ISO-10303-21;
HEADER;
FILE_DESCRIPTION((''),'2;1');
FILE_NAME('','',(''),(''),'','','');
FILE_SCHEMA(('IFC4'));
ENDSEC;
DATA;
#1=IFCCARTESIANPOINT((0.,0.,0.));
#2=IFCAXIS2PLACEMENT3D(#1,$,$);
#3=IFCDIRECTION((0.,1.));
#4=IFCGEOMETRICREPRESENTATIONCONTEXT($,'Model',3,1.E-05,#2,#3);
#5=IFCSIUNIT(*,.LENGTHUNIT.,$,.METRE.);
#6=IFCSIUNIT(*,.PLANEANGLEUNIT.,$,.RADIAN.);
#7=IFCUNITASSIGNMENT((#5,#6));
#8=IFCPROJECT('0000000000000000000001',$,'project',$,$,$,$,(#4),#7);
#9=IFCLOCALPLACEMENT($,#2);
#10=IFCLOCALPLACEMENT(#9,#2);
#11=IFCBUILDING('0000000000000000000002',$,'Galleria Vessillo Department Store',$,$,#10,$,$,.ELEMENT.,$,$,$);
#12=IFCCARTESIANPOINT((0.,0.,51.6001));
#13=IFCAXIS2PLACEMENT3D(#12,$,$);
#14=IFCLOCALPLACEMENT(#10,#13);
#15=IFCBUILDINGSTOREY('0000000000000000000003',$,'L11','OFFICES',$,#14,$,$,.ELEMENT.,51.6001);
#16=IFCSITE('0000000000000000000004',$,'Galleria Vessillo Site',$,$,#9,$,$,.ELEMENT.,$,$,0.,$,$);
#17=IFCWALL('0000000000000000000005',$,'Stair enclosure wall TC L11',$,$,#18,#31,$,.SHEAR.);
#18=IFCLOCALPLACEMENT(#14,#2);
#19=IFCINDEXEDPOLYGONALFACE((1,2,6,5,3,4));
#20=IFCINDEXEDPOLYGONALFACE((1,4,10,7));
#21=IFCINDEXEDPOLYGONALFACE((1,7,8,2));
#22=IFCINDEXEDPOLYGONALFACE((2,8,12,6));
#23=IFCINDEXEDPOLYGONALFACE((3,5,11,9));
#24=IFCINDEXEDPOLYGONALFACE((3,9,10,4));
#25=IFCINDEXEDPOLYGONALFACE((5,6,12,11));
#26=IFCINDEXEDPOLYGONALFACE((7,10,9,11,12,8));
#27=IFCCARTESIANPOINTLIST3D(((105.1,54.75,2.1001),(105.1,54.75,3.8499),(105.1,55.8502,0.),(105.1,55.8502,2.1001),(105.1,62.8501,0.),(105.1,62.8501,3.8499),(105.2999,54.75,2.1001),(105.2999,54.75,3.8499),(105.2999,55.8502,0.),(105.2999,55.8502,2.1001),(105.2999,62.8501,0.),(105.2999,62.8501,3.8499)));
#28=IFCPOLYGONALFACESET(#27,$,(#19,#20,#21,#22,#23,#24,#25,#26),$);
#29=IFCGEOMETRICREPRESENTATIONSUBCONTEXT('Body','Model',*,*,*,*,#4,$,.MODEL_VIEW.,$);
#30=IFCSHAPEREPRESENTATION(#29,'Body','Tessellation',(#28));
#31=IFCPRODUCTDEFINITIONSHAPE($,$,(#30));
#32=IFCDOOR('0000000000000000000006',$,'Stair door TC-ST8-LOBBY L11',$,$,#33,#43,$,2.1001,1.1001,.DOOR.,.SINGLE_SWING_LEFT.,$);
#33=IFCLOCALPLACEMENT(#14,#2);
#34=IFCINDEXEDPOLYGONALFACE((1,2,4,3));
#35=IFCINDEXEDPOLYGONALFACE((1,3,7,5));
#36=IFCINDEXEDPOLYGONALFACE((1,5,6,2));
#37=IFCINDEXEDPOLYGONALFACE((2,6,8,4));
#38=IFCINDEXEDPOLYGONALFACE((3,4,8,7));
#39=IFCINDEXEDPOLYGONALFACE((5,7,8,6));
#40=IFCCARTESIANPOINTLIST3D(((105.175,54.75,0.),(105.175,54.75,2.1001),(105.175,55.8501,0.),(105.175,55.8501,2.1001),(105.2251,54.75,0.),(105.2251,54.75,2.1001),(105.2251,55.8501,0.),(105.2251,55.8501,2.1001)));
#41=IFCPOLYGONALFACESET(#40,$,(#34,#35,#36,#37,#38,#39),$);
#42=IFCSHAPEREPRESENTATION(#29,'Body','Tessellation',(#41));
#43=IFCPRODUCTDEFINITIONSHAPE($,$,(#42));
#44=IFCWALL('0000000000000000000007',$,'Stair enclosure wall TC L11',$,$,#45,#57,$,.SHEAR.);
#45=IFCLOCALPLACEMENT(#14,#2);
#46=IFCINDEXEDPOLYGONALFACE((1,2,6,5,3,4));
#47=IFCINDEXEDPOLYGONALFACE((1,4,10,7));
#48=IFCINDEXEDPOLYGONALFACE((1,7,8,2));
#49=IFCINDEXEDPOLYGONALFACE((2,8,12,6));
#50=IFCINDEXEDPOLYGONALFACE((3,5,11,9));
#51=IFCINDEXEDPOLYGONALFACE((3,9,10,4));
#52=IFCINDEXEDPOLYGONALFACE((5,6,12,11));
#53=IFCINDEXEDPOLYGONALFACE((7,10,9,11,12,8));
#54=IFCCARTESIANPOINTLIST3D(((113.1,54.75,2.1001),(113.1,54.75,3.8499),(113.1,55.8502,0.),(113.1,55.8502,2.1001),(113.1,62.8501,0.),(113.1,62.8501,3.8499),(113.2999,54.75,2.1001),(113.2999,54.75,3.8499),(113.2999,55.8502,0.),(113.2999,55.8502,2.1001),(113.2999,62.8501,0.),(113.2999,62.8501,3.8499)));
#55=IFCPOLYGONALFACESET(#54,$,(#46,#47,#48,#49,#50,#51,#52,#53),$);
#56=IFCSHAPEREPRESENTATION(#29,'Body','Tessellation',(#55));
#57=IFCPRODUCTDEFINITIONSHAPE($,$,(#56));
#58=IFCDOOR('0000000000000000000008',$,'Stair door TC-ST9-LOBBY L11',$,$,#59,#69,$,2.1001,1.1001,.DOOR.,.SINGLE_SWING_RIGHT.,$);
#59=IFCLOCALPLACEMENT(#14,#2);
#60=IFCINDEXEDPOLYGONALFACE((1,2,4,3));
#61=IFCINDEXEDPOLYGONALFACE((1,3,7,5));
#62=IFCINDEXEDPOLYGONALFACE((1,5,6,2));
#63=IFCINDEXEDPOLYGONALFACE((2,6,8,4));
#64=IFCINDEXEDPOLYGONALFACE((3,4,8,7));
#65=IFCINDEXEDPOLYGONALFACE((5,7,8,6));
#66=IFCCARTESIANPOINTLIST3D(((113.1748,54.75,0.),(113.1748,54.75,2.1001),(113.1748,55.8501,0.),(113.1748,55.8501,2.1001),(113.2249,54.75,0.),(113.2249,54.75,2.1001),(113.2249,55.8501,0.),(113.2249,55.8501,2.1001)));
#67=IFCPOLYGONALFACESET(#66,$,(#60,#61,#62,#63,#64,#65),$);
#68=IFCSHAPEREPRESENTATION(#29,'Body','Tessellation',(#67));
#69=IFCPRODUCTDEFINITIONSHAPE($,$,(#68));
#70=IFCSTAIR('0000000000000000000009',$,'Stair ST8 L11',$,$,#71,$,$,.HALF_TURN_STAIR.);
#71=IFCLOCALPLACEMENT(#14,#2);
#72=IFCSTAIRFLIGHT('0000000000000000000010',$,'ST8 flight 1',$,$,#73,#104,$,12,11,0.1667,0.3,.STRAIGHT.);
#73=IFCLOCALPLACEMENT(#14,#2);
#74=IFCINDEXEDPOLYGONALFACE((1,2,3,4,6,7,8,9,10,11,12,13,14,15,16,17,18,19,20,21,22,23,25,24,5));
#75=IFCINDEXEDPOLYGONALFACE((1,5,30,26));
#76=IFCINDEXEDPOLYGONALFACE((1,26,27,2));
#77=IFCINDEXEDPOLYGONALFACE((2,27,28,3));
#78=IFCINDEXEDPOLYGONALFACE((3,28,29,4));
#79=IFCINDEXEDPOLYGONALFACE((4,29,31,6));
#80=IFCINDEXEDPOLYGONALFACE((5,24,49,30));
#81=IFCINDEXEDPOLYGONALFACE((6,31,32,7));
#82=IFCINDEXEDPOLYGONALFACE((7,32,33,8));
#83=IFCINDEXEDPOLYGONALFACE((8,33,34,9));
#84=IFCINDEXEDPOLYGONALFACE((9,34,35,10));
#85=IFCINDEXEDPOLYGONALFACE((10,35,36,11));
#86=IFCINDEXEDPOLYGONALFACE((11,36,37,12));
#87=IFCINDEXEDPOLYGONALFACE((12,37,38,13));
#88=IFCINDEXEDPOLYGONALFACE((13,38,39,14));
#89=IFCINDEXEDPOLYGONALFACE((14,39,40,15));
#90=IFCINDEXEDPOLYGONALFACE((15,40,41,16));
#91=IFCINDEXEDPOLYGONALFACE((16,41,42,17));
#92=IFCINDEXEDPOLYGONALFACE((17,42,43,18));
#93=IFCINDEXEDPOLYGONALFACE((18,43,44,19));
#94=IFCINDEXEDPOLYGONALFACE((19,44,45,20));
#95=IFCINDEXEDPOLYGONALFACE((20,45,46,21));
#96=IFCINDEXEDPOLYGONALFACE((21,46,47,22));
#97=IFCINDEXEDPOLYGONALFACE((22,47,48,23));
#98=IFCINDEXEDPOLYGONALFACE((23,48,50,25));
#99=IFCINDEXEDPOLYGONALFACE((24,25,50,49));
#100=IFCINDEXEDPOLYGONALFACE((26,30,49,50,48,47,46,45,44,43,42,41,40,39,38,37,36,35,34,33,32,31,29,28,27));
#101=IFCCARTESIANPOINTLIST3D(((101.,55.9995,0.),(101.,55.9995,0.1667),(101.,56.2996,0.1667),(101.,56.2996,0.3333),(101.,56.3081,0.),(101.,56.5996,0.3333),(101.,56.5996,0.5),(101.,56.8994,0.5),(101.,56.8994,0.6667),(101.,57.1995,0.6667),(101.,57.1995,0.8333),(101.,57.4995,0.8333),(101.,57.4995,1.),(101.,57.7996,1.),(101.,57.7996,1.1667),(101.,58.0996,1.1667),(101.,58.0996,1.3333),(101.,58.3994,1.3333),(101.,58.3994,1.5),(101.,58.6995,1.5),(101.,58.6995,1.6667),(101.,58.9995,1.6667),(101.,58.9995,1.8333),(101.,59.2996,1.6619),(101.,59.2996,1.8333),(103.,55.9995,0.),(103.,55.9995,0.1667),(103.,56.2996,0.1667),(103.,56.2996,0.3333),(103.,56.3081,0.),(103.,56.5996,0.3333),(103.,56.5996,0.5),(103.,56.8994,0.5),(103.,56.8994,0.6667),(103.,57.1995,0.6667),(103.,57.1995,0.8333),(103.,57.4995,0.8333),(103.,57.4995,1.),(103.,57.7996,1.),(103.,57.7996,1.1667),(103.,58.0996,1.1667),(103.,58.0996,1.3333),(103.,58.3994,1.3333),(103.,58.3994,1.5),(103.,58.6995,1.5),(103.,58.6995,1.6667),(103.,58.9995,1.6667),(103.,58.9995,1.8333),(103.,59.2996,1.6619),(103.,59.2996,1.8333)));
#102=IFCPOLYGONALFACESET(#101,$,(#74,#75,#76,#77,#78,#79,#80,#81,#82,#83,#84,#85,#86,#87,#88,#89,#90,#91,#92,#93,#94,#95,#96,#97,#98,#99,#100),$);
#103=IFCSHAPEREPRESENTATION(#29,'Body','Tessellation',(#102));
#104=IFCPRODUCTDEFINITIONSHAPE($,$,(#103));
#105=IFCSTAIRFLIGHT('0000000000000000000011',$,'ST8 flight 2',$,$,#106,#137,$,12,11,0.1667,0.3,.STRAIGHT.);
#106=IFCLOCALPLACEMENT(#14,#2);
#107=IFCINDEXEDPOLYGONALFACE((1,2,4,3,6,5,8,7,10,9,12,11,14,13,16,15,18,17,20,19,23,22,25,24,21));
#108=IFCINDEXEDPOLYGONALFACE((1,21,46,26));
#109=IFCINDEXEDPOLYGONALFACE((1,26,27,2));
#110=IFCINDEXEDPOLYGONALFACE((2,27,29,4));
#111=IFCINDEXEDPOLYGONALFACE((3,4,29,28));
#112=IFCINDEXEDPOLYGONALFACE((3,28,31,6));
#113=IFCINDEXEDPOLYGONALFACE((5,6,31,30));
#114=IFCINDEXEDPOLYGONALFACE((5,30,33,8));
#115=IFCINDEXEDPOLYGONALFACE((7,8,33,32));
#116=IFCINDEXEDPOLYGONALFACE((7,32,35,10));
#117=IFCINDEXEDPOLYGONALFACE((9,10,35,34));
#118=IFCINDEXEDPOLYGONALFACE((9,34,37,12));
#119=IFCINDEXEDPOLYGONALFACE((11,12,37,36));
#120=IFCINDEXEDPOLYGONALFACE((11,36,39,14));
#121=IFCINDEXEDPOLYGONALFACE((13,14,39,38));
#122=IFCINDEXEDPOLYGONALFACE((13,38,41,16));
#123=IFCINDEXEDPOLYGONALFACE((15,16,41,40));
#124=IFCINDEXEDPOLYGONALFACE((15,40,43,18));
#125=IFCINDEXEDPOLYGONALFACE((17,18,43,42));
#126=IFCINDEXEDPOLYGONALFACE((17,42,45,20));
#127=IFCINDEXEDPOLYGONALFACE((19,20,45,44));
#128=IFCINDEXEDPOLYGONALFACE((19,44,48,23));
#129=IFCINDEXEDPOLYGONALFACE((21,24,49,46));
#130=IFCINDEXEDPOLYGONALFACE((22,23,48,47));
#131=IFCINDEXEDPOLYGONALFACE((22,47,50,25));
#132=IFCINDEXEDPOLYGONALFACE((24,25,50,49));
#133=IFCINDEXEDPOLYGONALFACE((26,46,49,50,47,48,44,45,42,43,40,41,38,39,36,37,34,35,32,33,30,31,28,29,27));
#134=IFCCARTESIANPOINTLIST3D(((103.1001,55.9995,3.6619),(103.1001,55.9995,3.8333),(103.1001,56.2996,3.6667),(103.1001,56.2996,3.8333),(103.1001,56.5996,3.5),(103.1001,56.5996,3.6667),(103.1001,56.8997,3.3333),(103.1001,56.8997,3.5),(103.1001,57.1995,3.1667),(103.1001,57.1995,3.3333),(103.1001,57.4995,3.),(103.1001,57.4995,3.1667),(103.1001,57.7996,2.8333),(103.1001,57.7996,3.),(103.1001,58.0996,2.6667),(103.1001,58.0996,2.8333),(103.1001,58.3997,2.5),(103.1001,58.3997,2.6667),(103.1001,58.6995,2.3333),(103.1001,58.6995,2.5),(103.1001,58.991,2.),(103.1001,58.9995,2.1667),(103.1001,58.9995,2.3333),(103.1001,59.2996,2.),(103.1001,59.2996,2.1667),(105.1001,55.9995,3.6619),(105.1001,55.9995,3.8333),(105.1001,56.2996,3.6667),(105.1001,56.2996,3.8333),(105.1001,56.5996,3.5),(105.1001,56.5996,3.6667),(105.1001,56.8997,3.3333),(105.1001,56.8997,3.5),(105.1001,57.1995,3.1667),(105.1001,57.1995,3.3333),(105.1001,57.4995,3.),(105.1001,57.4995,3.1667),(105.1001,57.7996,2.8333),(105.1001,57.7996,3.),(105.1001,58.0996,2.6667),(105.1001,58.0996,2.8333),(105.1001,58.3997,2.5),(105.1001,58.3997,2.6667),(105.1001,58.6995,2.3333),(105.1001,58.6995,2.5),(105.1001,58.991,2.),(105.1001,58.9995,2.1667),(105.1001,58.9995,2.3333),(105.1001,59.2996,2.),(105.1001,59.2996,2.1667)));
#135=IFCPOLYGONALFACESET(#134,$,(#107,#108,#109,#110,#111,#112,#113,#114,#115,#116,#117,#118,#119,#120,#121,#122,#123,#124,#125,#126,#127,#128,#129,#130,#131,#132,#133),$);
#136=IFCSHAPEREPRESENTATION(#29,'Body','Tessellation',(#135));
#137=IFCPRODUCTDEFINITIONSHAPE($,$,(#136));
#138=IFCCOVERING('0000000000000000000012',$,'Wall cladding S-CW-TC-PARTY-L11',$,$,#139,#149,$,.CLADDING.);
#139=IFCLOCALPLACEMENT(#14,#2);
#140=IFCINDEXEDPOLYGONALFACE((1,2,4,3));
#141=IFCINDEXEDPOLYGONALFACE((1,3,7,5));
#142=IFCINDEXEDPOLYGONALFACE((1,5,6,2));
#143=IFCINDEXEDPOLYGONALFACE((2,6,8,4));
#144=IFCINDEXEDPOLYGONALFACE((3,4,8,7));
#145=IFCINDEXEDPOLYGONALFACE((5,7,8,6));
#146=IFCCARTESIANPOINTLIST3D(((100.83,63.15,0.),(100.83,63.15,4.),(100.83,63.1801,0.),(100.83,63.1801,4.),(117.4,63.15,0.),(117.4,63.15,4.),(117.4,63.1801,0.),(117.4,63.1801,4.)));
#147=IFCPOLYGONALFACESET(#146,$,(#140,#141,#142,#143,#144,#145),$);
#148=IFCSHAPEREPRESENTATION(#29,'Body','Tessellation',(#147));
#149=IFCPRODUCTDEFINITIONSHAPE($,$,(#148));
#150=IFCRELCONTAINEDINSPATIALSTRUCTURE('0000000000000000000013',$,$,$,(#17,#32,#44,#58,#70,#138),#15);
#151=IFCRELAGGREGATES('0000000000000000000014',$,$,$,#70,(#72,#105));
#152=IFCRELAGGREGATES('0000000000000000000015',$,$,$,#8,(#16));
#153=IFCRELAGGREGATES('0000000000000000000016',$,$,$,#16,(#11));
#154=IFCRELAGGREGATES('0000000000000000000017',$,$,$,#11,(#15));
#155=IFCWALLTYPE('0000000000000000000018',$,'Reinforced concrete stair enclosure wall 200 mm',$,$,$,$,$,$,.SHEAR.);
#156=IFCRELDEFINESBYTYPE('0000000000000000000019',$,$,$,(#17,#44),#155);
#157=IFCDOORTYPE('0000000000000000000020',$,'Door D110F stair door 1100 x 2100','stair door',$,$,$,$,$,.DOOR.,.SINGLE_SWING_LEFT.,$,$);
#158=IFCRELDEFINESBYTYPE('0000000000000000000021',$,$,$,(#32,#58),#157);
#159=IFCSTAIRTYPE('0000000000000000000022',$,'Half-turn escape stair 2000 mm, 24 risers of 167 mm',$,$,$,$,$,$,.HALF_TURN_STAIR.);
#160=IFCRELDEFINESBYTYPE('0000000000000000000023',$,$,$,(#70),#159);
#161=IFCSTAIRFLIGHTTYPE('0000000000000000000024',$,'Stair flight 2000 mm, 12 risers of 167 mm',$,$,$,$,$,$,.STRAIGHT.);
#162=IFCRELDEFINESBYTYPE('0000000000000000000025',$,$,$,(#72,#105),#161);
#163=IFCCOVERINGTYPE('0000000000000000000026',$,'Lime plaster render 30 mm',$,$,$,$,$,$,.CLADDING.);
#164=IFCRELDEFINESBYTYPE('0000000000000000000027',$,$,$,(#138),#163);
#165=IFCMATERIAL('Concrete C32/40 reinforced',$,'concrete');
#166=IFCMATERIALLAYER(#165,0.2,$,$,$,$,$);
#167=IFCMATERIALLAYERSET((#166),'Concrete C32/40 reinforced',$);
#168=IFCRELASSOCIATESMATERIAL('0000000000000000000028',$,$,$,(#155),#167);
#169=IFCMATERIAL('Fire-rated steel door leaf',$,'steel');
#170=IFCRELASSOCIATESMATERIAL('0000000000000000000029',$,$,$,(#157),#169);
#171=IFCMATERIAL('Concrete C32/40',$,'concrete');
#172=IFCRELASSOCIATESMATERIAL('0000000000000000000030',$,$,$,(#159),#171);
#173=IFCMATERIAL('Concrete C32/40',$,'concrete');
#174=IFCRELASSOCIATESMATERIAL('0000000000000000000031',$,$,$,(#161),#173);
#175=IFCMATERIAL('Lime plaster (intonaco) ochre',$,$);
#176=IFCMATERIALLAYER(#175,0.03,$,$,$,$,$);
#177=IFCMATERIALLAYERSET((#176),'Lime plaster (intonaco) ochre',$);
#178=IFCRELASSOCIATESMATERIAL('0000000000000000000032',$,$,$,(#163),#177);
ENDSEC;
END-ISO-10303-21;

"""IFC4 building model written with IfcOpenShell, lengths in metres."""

from ifc_helpers import new_model, si_unit, direction, frame, frame_2d, origin, origin_2d, place, context, subcontext, project, spatial, polyline, rectangle, outline, extrude, material, layer, layer_set, type_object, element, fill, aggregate, save


model = new_model("IFC4")

# Units and contexts
model_context = context("Model", 3, precision=1e-05, world=origin(), true_north=direction((0.0, 1.0)))
body_context = subcontext(model_context, "Body", "Model", "MODEL_VIEW")
ifc_project = project(units=[si_unit("LENGTHUNIT", "METRE"), si_unit("PLANEANGLEUNIT", "RADIAN")], contexts=[model_context])

# Site, building, storey
site_placement = place(None, origin())
site = spatial("IfcSite", under=ifc_project, at=site_placement, Name="Galleria Vessillo Site", CompositionType="ELEMENT", RefElevation=0.0)
building_placement = place(site_placement, origin())
building = spatial("IfcBuilding", under=site, at=building_placement, Name="Galleria Vessillo Department Store", CompositionType="ELEMENT")
storey_placement = place(building_placement, frame((0.0, 0.0, 51.6001)))
storey = spatial("IfcBuildingStorey", under=building, at=storey_placement, Name="L11", Description="OFFICES", CompositionType="ELEMENT", Elevation=51.6001)

# Walls, openings, doors
ifc_material_1 = material(Name="Concrete C32/40 reinforced", Category="concrete")
ifc_layer_1 = layer(ifc_material_1, 0.2)
ifc_layer_set_1 = layer_set([ifc_layer_1], Name="Concrete C32/40 reinforced")
wall_type_1 = type_object("IfcWallType", Name="Reinforced concrete stair enclosure wall 200 mm", PredefinedType="SHEAR", material=ifc_layer_set_1)
wall_1_placement = place(storey_placement, frame((105.2, 62.8501, 0.0), z_axis=(0.0, 0.0, 1.0), x_axis=(0.0, -1.0, 0.0)))
wall_1 = element("IfcWall", 1, at=wall_1_placement, inside=storey, type_object=wall_type_1, Name="Stair enclosure wall TC L11", PredefinedType="SHEAR", context=body_context, shape_type="SweptSolid", body=[
    extrude(rectangle(XDim=8.1001, YDim=0.2, at=frame_2d((4.05, 0.0))), origin(), (0.0, 0.0, 1.0), 3.8499),
])
opening_1_placement = place(wall_1_placement, frame((7.0, 0.0, 0.0)))
opening_1 = element("IfcOpeningElement", 2, at=opening_1_placement, cuts=wall_1, PredefinedType="OPENING", context=body_context, shape_type="SweptSolid", body=[
    extrude(rectangle(XDim=1.1101, YDim=2.1001, at=frame_2d((0.5549, 1.05))), frame((0.0, 0.1099, 0.0), z_axis=(0.0, -1.0, 0.0), x_axis=(1.0, 0.0, 0.0)), (0.0, 0.0, 1.0), 0.22),
])
ifc_material_2 = material(Name="Fire-rated steel door leaf", Category="steel")
door_type_1 = type_object("IfcDoorType", Name="Door D110F stair door 1100 x 2100", Description="stair door", OperationType="SINGLE_SWING_LEFT", PredefinedType="DOOR", material=ifc_material_2)
door_1_placement = place(opening_1_placement, frame((1.1001, 0.0, 0.0), z_axis=(0.0, 0.0, 1.0), x_axis=(-1.0, 0.0, 0.0)))
door_1 = element("IfcDoor", 3, at=door_1_placement, inside=storey, type_object=door_type_1, Name="Stair door TC-ST8-LOBBY L11", OperationType="SINGLE_SWING_LEFT", OverallHeight=2.1001, OverallWidth=1.1001, PredefinedType="DOOR", context=body_context, shape_type="SweptSolid", body=[
    extrude(rectangle(XDim=1.1001, YDim=2.1001, at=frame_2d((0.55, 1.05))), frame((0.0, 0.0249, 0.0), z_axis=(0.0, -1.0, 0.0), x_axis=(1.0, 0.0, 0.0)), (0.0, 0.0, 1.0), 0.05),
])
fill(opening_1, door_1)
wall_2_placement = place(storey_placement, frame((113.2, 62.8501, 0.0), z_axis=(0.0, 0.0, 1.0), x_axis=(0.0, -1.0, 0.0)))
wall_2 = element("IfcWall", 4, at=wall_2_placement, inside=storey, type_object=wall_type_1, Name="Stair enclosure wall TC L11", PredefinedType="SHEAR", context=body_context, shape_type="SweptSolid", body=[
    extrude(rectangle(XDim=8.1001, YDim=0.2, at=frame_2d((4.05, 0.0))), origin(), (0.0, 0.0, 1.0), 3.8499),
])
opening_2_placement = place(wall_2_placement, frame((7.0, 0.0, 0.0)))
opening_2 = element("IfcOpeningElement", 5, at=opening_2_placement, cuts=wall_2, PredefinedType="OPENING", context=body_context, shape_type="SweptSolid", body=[
    extrude(rectangle(XDim=1.1101, YDim=2.1001, at=frame_2d((0.5549, 1.05))), frame((0.0, 0.1099, 0.0), z_axis=(0.0, -1.0, 0.0), x_axis=(1.0, 0.0, 0.0)), (0.0, 0.0, 1.0), 0.22),
])
door_2_placement = place(opening_2_placement, origin())
door_2 = element("IfcDoor", 6, at=door_2_placement, inside=storey, type_object=door_type_1, Name="Stair door TC-ST9-LOBBY L11", OperationType="SINGLE_SWING_RIGHT", OverallHeight=2.1001, OverallWidth=1.1001, PredefinedType="DOOR", context=body_context, shape_type="SweptSolid", body=[
    extrude(rectangle(XDim=1.1001, YDim=2.1001, at=frame_2d((0.55, 1.05))), frame((0.0, 0.0249, 0.0), z_axis=(0.0, -1.0, 0.0), x_axis=(1.0, 0.0, 0.0)), (0.0, 0.0, 1.0), 0.05),
])
fill(opening_2, door_2)

# Stair, stair flights
ifc_material_3 = material(Name="Concrete C32/40", Category="concrete")
stair_type = type_object("IfcStairType", Name="Half-turn escape stair 2000 mm, 24 risers of 167 mm", PredefinedType="HALF_TURN_STAIR", material=ifc_material_3)
stair_placement = place(storey_placement, origin())
stair = element("IfcStair", 7, at=stair_placement, inside=storey, type_object=stair_type, Name="Stair ST8 L11", PredefinedType="HALF_TURN_STAIR")
ifc_material_4 = material(Name="Concrete C32/40", Category="concrete")
stair_flight_type = type_object("IfcStairFlightType", Name="Stair flight 2000 mm, 12 risers of 167 mm", PredefinedType="STRAIGHT", material=ifc_material_4)
stair_flight_1_placement = place(storey_placement, frame((102.0, 55.9995, 0.0), z_axis=(0.0, 0.0, 1.0), x_axis=(0.0, 1.0, 0.0)))
stair_flight_1 = element("IfcStairFlight", 8, at=stair_flight_1_placement, type_object=stair_flight_type, Name="ST8 flight 1", NumberOfRisers=12, NumberOfTreads=11, PredefinedType="STRAIGHT", RiserHeight=0.1667, TreadLength=0.3, context=body_context, shape_type="SweptSolid", body=[
    extrude(outline(polyline([(0.0, 0.0), (0.0, 0.1667), (0.3, 0.1667), (0.3, 0.3333), (0.6001, 0.3333), (0.6001, 0.5), (0.8999, 0.5), (0.8999, 0.6667), (1.2, 0.6667), (1.2, 0.8333), (1.5, 0.8333), (1.5, 1.0), (1.8, 1.0), (1.8, 1.1667), (2.1001, 1.1667), (2.1001, 1.3333), (2.3999, 1.3333), (2.3999, 1.5), (2.7, 1.5), (2.7, 1.6667), (3.0, 1.6667), (3.0, 1.8333), (3.3, 1.8333), (3.3, 2.0), (3.3, 1.6619), (0.3086, 0.0), (0.0, 0.0)])), frame((0.0, 1.0, 0.0), z_axis=(0.0, -1.0, 0.0), x_axis=(1.0, 0.0, 0.0)), (0.0, 0.0, 1.0), 2.0),
])
stair_flight_2_placement = place(storey_placement, frame((104.1001, 59.2996, 2.0), z_axis=(0.0, 0.0, 1.0), x_axis=(0.0, -1.0, 0.0)))
stair_flight_2 = element("IfcStairFlight", 9, at=stair_flight_2_placement, type_object=stair_flight_type, Name="ST8 flight 2", NumberOfRisers=12, NumberOfTreads=11, PredefinedType="STRAIGHT", RiserHeight=0.1667, TreadLength=0.3, context=body_context, shape_type="SweptSolid", body=[
    extrude(outline(polyline([(0.0, 0.0), (0.0, 0.1667), (0.3, 0.1667), (0.3, 0.3333), (0.6001, 0.3333), (0.6001, 0.5), (0.8999, 0.5), (0.8999, 0.6667), (1.2, 0.6667), (1.2, 0.8333), (1.5, 0.8333), (1.5, 1.0), (1.8, 1.0), (1.8, 1.1667), (2.1001, 1.1667), (2.1001, 1.3333), (2.3999, 1.3333), (2.3999, 1.5), (2.7, 1.5), (2.7, 1.6667), (3.0, 1.6667), (3.0, 1.8333), (3.3, 1.8333), (3.3, 2.0), (3.3, 1.6619), (0.3086, 0.0), (0.0, 0.0)])), frame((0.0, 1.0, 0.0), z_axis=(0.0, -1.0, 0.0), x_axis=(1.0, 0.0, 0.0)), (0.0, 0.0, 1.0), 2.0),
])
aggregate(stair, [stair_flight_1, stair_flight_2])

# Covering
ifc_material_5 = material(Name="Lime plaster (intonaco) ochre")
ifc_layer_2 = layer(ifc_material_5, 0.03)
ifc_layer_set_2 = layer_set([ifc_layer_2], Name="Lime plaster (intonaco) ochre")
covering_type = type_object("IfcCoveringType", Name="Lime plaster render 30 mm", PredefinedType="CLADDING", material=ifc_layer_set_2)
covering_placement = place(storey_placement, frame((109.115, 63.165, 0.0), z_axis=(0.0, 0.0, 1.0), x_axis=(1.0, 0.0, 0.0)))
element("IfcCovering", 10, at=covering_placement, inside=storey, type_object=covering_type, Name="Wall cladding S-CW-TC-PARTY-L11", PredefinedType="CLADDING", context=body_context, shape_type="SweptSolid", body=[
    extrude(rectangle(XDim=16.5701, YDim=0.03, at=origin_2d()), origin(), (0.0, 0.0, 1.0), 4.0),
])

save(model, "model.ifc")
